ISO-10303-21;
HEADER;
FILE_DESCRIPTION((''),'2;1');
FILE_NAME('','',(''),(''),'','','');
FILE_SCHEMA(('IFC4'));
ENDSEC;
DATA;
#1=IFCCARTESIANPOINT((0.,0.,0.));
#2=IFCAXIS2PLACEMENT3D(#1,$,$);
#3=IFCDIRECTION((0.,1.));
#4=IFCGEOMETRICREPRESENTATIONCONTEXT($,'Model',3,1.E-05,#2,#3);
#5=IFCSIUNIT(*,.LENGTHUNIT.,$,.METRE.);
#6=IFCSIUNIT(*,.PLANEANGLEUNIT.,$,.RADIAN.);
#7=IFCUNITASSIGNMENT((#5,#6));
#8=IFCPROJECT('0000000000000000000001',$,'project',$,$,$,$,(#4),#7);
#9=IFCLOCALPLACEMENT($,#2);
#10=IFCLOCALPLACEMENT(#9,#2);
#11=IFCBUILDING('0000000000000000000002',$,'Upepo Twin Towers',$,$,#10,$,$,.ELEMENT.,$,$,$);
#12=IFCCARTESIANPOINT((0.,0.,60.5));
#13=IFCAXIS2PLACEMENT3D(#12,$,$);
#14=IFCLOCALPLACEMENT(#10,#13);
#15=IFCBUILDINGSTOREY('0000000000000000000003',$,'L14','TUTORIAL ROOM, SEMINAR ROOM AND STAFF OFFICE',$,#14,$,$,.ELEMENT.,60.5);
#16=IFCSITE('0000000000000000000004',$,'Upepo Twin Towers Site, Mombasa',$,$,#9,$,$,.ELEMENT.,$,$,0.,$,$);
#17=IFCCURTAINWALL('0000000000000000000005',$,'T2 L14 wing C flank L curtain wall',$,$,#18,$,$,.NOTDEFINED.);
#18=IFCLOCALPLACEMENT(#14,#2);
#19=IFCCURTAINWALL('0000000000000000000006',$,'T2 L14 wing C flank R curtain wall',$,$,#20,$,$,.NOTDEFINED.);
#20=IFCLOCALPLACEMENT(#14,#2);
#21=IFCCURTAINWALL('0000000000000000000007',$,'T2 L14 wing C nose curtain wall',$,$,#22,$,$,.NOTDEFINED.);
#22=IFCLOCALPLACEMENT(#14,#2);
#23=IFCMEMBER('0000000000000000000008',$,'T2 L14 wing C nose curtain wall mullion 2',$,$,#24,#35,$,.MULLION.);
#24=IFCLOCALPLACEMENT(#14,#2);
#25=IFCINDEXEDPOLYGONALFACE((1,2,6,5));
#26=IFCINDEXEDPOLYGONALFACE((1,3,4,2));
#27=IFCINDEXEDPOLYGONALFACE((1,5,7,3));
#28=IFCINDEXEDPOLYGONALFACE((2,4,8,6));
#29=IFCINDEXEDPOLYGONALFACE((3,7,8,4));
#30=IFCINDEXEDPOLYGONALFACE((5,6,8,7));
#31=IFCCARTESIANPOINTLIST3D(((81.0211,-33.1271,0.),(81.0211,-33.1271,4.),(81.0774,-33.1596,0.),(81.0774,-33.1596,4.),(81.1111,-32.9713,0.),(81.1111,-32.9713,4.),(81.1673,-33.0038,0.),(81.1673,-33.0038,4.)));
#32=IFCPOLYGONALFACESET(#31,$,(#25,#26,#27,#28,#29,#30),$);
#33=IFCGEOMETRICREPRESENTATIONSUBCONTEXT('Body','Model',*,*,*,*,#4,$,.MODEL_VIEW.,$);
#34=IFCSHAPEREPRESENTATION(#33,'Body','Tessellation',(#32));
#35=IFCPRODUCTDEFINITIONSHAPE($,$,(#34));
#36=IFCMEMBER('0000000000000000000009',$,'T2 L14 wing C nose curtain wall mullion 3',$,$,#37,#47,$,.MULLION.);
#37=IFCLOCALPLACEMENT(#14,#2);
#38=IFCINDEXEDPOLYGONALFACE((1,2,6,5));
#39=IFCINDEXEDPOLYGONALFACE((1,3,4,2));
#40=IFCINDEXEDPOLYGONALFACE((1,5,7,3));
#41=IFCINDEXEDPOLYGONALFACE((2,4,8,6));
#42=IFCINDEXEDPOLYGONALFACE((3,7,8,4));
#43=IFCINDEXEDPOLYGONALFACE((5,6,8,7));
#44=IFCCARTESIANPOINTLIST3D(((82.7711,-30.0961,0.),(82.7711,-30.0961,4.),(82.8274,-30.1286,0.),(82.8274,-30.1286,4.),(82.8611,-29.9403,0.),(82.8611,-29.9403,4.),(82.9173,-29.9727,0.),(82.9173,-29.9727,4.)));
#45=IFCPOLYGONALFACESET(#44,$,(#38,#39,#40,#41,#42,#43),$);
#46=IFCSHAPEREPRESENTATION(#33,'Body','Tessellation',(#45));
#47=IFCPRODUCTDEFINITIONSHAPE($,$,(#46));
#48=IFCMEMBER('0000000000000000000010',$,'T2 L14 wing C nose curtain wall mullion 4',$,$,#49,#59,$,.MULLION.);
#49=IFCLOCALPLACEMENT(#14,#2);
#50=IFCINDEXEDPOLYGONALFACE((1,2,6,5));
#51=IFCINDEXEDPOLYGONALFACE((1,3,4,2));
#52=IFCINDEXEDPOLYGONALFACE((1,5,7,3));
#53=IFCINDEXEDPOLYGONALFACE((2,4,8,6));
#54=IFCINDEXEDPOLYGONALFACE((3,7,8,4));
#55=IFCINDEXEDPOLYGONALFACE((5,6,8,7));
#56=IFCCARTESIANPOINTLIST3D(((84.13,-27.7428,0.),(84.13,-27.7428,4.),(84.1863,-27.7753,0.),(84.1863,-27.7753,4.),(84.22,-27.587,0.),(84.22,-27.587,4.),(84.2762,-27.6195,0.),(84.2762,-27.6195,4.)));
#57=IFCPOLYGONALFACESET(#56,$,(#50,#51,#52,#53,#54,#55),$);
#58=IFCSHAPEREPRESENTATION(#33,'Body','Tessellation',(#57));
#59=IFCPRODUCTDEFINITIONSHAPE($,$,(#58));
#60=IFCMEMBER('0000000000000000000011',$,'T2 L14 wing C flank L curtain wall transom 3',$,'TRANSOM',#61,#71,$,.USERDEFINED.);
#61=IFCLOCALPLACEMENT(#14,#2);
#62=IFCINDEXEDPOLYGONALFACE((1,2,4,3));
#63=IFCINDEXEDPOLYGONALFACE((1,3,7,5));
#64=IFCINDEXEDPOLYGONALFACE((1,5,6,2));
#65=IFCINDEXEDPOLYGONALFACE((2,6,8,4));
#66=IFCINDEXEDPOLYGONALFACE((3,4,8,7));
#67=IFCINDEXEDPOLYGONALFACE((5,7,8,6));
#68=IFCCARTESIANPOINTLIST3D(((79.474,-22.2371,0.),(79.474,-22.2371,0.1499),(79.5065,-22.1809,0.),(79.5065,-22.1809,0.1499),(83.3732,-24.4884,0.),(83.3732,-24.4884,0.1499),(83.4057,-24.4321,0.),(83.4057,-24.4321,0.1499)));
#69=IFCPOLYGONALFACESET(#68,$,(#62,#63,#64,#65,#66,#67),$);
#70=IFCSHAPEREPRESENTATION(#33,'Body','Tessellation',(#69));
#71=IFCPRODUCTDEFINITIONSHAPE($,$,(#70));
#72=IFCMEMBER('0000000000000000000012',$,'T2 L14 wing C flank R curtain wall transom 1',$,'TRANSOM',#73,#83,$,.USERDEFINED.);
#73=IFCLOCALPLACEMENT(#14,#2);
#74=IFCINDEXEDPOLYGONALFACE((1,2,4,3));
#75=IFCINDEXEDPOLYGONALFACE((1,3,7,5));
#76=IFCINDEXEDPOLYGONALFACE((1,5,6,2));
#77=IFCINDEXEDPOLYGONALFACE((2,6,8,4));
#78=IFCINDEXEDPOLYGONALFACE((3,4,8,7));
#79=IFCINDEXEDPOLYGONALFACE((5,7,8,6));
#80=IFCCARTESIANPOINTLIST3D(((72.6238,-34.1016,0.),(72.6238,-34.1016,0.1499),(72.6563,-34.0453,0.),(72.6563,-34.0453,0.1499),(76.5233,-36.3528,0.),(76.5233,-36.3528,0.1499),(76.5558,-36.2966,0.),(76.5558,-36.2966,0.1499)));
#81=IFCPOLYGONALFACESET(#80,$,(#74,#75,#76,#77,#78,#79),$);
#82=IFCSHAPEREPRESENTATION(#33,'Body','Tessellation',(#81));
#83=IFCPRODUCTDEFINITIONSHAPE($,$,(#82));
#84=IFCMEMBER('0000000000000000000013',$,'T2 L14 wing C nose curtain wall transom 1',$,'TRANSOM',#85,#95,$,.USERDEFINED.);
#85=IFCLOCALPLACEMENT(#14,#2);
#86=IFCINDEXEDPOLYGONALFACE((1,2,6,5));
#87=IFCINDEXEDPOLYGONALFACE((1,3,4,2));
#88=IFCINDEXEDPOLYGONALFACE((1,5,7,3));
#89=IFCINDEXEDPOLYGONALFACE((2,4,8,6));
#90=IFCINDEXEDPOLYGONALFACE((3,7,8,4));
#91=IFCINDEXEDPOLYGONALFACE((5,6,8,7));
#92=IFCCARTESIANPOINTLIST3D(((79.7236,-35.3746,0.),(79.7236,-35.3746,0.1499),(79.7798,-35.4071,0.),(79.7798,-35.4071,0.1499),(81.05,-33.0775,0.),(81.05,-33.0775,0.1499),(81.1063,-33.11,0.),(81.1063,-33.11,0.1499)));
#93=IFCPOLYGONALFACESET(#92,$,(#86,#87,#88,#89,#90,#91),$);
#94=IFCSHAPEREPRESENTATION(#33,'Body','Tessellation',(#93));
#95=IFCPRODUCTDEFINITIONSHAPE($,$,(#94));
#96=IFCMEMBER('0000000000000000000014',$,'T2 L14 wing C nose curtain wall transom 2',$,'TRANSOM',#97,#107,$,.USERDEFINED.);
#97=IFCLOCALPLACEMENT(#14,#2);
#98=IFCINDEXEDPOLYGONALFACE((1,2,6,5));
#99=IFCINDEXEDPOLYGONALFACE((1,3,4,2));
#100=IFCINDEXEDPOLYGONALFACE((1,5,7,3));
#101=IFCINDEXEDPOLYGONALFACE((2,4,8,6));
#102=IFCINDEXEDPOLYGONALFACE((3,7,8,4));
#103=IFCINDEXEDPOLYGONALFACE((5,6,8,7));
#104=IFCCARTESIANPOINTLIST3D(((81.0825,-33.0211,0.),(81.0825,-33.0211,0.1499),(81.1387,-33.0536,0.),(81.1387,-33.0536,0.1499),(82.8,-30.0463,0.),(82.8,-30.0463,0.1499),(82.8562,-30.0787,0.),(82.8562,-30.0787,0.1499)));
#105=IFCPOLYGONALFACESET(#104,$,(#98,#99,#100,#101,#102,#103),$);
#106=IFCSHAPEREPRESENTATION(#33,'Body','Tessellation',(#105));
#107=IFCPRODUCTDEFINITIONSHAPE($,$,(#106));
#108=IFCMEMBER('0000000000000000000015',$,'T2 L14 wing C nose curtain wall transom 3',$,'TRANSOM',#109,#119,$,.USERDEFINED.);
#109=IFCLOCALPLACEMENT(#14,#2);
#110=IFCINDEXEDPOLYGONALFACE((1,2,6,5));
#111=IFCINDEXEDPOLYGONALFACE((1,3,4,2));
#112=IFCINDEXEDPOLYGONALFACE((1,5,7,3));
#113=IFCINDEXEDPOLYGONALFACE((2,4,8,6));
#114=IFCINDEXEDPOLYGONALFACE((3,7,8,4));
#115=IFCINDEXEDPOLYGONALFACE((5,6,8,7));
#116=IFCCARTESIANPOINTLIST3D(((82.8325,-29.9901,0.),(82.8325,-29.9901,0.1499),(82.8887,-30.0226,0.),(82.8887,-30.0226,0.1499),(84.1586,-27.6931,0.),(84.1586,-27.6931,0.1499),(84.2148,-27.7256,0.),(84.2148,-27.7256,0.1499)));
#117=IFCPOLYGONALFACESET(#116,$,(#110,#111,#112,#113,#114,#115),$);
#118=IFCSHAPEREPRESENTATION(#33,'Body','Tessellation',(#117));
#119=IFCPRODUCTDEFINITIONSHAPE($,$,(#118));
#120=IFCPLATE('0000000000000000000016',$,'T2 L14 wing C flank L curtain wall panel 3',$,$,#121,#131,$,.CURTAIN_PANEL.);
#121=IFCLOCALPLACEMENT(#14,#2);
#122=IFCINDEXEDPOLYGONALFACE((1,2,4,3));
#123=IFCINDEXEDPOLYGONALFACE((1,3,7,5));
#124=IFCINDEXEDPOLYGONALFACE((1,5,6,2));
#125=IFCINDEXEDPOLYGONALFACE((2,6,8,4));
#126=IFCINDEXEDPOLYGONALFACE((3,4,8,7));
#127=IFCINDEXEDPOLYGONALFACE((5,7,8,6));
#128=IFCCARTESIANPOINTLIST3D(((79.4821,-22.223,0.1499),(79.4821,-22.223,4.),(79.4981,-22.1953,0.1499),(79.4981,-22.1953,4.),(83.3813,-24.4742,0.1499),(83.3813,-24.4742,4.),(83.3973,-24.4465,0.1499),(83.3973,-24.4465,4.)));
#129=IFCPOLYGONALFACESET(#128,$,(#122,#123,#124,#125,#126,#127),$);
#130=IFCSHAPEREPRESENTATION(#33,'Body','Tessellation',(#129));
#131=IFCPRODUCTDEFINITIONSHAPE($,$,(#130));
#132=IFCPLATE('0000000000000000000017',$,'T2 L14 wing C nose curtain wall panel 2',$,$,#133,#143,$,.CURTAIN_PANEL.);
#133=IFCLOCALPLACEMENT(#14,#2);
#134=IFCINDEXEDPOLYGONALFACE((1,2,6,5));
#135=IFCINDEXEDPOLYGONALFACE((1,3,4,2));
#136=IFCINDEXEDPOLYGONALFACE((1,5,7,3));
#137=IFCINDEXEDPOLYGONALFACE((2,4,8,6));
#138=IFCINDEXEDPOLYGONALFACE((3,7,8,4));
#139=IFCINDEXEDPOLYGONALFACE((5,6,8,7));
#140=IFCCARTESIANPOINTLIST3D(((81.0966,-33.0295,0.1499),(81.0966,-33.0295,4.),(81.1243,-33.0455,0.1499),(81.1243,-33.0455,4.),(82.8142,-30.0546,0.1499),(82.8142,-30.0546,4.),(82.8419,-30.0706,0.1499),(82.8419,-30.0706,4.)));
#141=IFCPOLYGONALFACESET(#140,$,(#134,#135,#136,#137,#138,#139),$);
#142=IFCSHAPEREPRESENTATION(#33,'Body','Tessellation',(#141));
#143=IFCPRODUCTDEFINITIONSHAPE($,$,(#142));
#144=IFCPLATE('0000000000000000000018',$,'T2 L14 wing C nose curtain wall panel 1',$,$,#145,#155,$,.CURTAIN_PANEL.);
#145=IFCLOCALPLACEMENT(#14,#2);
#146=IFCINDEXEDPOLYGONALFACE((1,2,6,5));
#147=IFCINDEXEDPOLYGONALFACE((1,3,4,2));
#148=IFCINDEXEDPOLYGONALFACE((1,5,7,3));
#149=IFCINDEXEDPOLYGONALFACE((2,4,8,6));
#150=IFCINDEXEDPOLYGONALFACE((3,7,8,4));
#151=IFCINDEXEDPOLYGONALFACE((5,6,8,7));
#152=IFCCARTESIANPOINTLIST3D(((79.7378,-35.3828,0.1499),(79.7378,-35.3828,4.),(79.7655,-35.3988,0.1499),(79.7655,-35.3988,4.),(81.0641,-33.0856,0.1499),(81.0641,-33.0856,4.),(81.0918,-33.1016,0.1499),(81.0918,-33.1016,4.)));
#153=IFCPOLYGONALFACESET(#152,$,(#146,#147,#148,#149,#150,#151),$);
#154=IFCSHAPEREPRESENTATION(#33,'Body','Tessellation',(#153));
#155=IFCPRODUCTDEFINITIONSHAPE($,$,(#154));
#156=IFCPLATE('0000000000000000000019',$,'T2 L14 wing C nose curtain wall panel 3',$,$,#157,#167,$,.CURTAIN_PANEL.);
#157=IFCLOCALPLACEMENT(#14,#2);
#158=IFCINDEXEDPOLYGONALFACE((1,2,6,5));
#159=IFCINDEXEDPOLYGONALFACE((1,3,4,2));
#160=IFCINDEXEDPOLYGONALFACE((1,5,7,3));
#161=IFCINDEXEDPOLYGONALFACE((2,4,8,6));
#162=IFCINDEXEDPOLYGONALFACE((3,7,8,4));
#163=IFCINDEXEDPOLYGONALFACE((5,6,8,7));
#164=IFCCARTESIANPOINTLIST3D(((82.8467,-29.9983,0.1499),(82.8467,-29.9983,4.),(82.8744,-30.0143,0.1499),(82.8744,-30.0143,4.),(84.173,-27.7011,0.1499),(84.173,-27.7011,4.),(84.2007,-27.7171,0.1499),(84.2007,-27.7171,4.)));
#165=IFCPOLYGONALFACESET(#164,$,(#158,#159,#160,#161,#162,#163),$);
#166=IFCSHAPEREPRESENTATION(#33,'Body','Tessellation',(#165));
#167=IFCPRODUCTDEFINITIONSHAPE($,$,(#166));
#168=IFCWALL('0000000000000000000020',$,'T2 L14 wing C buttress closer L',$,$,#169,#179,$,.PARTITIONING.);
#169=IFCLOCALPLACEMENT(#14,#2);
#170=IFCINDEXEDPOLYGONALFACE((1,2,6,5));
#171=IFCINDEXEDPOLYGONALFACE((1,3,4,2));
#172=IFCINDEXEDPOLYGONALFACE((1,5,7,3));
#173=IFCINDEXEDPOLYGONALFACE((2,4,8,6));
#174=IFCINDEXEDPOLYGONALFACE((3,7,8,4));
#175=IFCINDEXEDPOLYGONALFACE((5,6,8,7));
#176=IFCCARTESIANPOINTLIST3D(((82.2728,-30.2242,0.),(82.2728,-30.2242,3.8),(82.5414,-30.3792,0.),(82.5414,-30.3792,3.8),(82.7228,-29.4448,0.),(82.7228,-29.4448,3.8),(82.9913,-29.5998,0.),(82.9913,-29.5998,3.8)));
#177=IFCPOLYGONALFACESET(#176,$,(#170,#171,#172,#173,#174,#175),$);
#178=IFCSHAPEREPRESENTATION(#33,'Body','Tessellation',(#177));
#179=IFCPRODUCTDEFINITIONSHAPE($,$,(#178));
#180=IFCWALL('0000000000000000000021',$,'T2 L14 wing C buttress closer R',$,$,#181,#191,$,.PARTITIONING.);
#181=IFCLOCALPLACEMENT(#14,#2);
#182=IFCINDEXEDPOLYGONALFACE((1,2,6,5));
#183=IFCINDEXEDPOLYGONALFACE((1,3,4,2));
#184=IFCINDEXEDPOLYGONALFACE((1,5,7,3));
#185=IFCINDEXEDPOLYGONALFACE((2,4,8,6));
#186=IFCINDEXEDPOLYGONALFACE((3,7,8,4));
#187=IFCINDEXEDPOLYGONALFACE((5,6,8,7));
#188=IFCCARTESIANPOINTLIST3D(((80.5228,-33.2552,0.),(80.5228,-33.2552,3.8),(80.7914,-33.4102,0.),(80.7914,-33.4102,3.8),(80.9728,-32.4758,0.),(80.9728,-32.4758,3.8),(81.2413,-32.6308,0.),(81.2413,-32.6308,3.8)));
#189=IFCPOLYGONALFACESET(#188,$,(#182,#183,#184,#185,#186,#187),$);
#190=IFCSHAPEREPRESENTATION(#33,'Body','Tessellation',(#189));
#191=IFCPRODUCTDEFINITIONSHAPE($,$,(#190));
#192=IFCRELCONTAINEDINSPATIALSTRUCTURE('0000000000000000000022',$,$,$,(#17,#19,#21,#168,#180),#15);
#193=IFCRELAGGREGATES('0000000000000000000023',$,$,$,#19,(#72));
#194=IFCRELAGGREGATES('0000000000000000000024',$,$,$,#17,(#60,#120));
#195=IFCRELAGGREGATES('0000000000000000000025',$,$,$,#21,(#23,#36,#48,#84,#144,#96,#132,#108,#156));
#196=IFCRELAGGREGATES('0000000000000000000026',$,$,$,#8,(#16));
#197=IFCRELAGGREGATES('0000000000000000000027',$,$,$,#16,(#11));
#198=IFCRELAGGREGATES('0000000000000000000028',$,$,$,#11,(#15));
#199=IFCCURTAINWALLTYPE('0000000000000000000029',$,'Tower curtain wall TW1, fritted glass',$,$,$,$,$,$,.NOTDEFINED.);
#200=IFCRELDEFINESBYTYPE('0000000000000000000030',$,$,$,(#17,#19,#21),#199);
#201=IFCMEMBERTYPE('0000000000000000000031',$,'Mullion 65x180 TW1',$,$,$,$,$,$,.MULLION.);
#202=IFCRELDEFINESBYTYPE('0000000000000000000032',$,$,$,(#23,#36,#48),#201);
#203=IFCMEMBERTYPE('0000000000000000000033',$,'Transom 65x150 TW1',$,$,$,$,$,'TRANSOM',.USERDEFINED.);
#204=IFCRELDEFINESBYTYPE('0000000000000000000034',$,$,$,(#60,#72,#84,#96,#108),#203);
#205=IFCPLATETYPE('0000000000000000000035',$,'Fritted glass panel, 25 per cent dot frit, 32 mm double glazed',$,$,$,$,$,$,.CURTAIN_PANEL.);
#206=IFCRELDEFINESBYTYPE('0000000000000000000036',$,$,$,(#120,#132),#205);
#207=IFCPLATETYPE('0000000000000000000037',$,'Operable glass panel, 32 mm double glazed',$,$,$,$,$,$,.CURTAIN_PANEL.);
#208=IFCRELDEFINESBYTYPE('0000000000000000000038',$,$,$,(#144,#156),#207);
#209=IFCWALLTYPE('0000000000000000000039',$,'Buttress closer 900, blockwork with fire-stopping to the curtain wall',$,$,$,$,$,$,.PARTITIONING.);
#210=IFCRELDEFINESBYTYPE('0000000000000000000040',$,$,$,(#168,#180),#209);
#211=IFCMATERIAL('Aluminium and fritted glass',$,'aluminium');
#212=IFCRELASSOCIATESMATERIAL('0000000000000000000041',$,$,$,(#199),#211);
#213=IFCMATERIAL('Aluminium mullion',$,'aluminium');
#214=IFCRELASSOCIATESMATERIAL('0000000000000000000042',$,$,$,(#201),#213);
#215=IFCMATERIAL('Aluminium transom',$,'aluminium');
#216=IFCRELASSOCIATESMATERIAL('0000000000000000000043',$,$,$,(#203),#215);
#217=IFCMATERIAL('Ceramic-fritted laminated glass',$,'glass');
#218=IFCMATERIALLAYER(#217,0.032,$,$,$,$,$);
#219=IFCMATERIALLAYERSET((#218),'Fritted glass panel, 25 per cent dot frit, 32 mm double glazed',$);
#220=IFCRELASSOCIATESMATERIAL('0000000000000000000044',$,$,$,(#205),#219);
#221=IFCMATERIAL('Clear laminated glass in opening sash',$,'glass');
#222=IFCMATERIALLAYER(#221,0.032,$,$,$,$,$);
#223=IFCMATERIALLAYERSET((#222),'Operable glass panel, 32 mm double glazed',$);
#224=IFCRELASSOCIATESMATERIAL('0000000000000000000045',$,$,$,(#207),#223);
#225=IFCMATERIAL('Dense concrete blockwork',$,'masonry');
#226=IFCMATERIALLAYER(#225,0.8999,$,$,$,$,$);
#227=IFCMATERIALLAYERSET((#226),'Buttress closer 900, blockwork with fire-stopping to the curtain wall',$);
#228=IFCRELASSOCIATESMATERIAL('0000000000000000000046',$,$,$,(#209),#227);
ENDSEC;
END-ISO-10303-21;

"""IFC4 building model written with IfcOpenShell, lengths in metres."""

from ifc_helpers import new_model, si_unit, direction, frame, frame_2d, origin, origin_2d, place, context, subcontext, project, spatial, rectangle, extrude, material, layer, layer_set, material_profile, profile_set, type_object, element, aggregate, save


model = new_model("IFC4")

# Units and contexts
model_context = context("Model", 3, precision=1e-05, world=origin(), true_north=direction((0.0, 1.0)))
body_context = subcontext(model_context, "Body", "Model", "MODEL_VIEW")
ifc_project = project(units=[si_unit("LENGTHUNIT", "METRE"), si_unit("PLANEANGLEUNIT", "RADIAN")], contexts=[model_context])

# Site, building, storey
site_placement = place(None, origin())
site = spatial("IfcSite", under=ifc_project, at=site_placement, Name="Upepo Twin Towers Site, Mombasa", CompositionType="ELEMENT", RefElevation=0.0)
building_placement = place(site_placement, origin())
building = spatial("IfcBuilding", under=site, at=building_placement, Name="Upepo Twin Towers", CompositionType="ELEMENT")
storey_placement = place(building_placement, frame((0.0, 0.0, 60.5)))
storey = spatial("IfcBuildingStorey", under=building, at=storey_placement, Name="L14", Description="TUTORIAL ROOM, SEMINAR ROOM AND STAFF OFFICE", CompositionType="ELEMENT", Elevation=60.5)

# Curtain wall
ifc_material_1 = material(Name="Aluminium and fritted glass", Category="aluminium")
curtain_wall_type = type_object("IfcCurtainWallType", Name="Tower curtain wall TW1, fritted glass", PredefinedType="NOTDEFINED", material=ifc_material_1)
curtain_wall_1_placement = place(storey_placement, origin())
curtain_wall_1 = element("IfcCurtainWall", 1, at=curtain_wall_1_placement, inside=storey, type_object=curtain_wall_type, Name="T2 L14 wing C flank L curtain wall", PredefinedType="NOTDEFINED")
ifc_material_2 = material(Name="Aluminium mullion", Category="aluminium")
ifc_material_profile_1 = material_profile(ifc_material_2, rectangle(XDim=0.0649, YDim=0.1799, at=origin_2d()), Name="MULLION 65x180")
ifc_profile_set_1 = profile_set([ifc_material_profile_1], Name="Aluminium mullion")
member_type_1 = type_object("IfcMemberType", Name="Mullion 65x180 TW1", PredefinedType="MULLION", material=ifc_profile_set_1)

# Curtain wall
curtain_wall_2_placement = place(storey_placement, origin())
curtain_wall_2 = element("IfcCurtainWall", 2, at=curtain_wall_2_placement, inside=storey, type_object=curtain_wall_type, Name="T2 L14 wing C flank R curtain wall", PredefinedType="NOTDEFINED")

# Curtain wall, members
curtain_wall_3_placement = place(storey_placement, origin())
curtain_wall_3 = element("IfcCurtainWall", 3, at=curtain_wall_3_placement, inside=storey, type_object=curtain_wall_type, Name="T2 L14 wing C nose curtain wall", PredefinedType="NOTDEFINED")
member_1_placement = place(storey_placement, frame((81.0942, -33.0654, 0.0), z_axis=(0.0, 0.0, 1.0), x_axis=(-0.866025, 0.5, 0.0)))
member_1 = element("IfcMember", 4, at=member_1_placement, type_object=member_type_1, Name="T2 L14 wing C nose curtain wall mullion 2", PredefinedType="MULLION", context=body_context, shape_type="SweptSolid", body=[
    extrude(rectangle(XDim=0.0649, YDim=0.1799, at=origin_2d()), origin(), (0.0, 0.0, 1.0), 4.0),
])
member_2_placement = place(storey_placement, frame((82.8442, -30.0344, 0.0), z_axis=(0.0, 0.0, 1.0), x_axis=(-0.866025, 0.5, 0.0)))
member_2 = element("IfcMember", 5, at=member_2_placement, type_object=member_type_1, Name="T2 L14 wing C nose curtain wall mullion 3", PredefinedType="MULLION", context=body_context, shape_type="SweptSolid", body=[
    extrude(rectangle(XDim=0.0649, YDim=0.1799, at=origin_2d()), origin(), (0.0, 0.0, 1.0), 4.0),
])
member_3_placement = place(storey_placement, frame((84.2031, -27.6812, 0.0), z_axis=(0.0, 0.0, 1.0), x_axis=(-0.866025, 0.5, 0.0)))
member_3 = element("IfcMember", 6, at=member_3_placement, type_object=member_type_1, Name="T2 L14 wing C nose curtain wall mullion 4", PredefinedType="MULLION", context=body_context, shape_type="SweptSolid", body=[
    extrude(rectangle(XDim=0.0649, YDim=0.1799, at=origin_2d()), origin(), (0.0, 0.0, 1.0), 4.0),
])

# Members
ifc_material_3 = material(Name="Aluminium transom", Category="aluminium")
ifc_material_profile_2 = material_profile(ifc_material_3, rectangle(XDim=0.0649, YDim=0.1499, at=origin_2d()), Name="TRANSOM 65x150")
ifc_profile_set_2 = profile_set([ifc_material_profile_2], Name="Aluminium transom")
member_type_2 = type_object("IfcMemberType", Name="Transom 65x150 TW1", ElementType="TRANSOM", PredefinedType="USERDEFINED", material=ifc_profile_set_2)
member_4_placement = place(storey_placement, frame((79.4902, -22.209, 0.075), z_axis=(0.866022, -0.500006, 0.0), x_axis=(0.500006, 0.866022, 0.0)))
member_4 = element("IfcMember", 7, at=member_4_placement, type_object=member_type_2, Name="T2 L14 wing C flank L curtain wall transom 3", ObjectType="TRANSOM", PredefinedType="USERDEFINED", context=body_context, shape_type="SweptSolid", body=[
    extrude(rectangle(XDim=0.0649, YDim=0.1499, at=origin_2d()), origin(), (0.0, 0.0, 1.0), 4.5024),
])
member_5_placement = place(storey_placement, frame((76.5396, -36.3247, 0.075), z_axis=(-0.866036, 0.499982, 0.0), x_axis=(-0.499982, -0.866036, 0.0)))
member_5 = element("IfcMember", 8, at=member_5_placement, type_object=member_type_2, Name="T2 L14 wing C flank R curtain wall transom 1", ObjectType="TRANSOM", PredefinedType="USERDEFINED", context=body_context, shape_type="SweptSolid", body=[
    extrude(rectangle(XDim=0.0649, YDim=0.1499, at=origin_2d()), origin(), (0.0, 0.0, 1.0), 4.5027),
])
aggregate(curtain_wall_2, [member_5])
member_6_placement = place(storey_placement, frame((79.7517, -35.3909, 0.075), z_axis=(0.500049, 0.865997, 0.0), x_axis=(-0.865997, 0.500049, 0.0)))
member_6 = element("IfcMember", 9, at=member_6_placement, type_object=member_type_2, Name="T2 L14 wing C nose curtain wall transom 1", ObjectType="TRANSOM", PredefinedType="USERDEFINED", context=body_context, shape_type="SweptSolid", body=[
    extrude(rectangle(XDim=0.0649, YDim=0.1499, at=origin_2d()), origin(), (0.0, 0.0, 1.0), 2.6526),
])
member_7_placement = place(storey_placement, frame((81.1106, -33.0374, 0.075), z_axis=(0.499999, 0.866026, 0.0), x_axis=(-0.866026, 0.499999, 0.0)))
member_7 = element("IfcMember", 10, at=member_7_placement, type_object=member_type_2, Name="T2 L14 wing C nose curtain wall transom 2", ObjectType="TRANSOM", PredefinedType="USERDEFINED", context=body_context, shape_type="SweptSolid", body=[
    extrude(rectangle(XDim=0.0649, YDim=0.1499, at=origin_2d()), origin(), (0.0, 0.0, 1.0), 3.4351),
])
member_8_placement = place(storey_placement, frame((82.8606, -30.0063, 0.075), z_axis=(0.49998, 0.866037, 0.0), x_axis=(-0.866037, 0.49998, 0.0)))
member_8 = element("IfcMember", 11, at=member_8_placement, type_object=member_type_2, Name="T2 L14 wing C nose curtain wall transom 3", ObjectType="TRANSOM", PredefinedType="USERDEFINED", context=body_context, shape_type="SweptSolid", body=[
    extrude(rectangle(XDim=0.0649, YDim=0.1499, at=origin_2d()), origin(), (0.0, 0.0, 1.0), 2.6523),
])

# Plates
ifc_material_4 = material(Name="Ceramic-fritted laminated glass", Category="glass")
ifc_layer_1 = layer(ifc_material_4, 0.032)
ifc_layer_set_1 = layer_set([ifc_layer_1], Name="Fritted glass panel, 25 per cent dot frit, 32 mm double glazed")
plate_type_1 = type_object("IfcPlateType", Name="Fritted glass panel, 25 per cent dot frit, 32 mm double glazed", PredefinedType="CURTAIN_PANEL", material=ifc_layer_set_1)
plate_1_placement = place(storey_placement, frame((81.4397, -23.3347, 0.1499), z_axis=(0.0, 0.0, 1.0), x_axis=(0.866025, -0.5, 0.0)))
plate_1 = element("IfcPlate", 12, at=plate_1_placement, type_object=plate_type_1, Name="T2 L14 wing C flank L curtain wall panel 3", PredefinedType="CURTAIN_PANEL", context=body_context, shape_type="SweptSolid", body=[
    extrude(rectangle(XDim=4.5024, YDim=0.032, at=origin_2d()), origin(), (0.0, 0.0, 1.0), 3.8501),
])
aggregate(curtain_wall_1, [member_4, plate_1])
plate_2_placement = place(storey_placement, frame((81.9692, -31.55, 0.1499), z_axis=(0.0, 0.0, 1.0), x_axis=(0.5, 0.866025, 0.0)))
plate_2 = element("IfcPlate", 13, at=plate_2_placement, type_object=plate_type_1, Name="T2 L14 wing C nose curtain wall panel 2", PredefinedType="CURTAIN_PANEL", context=body_context, shape_type="SweptSolid", body=[
    extrude(rectangle(XDim=3.4351, YDim=0.032, at=origin_2d()), origin(), (0.0, 0.0, 1.0), 3.8501),
])
ifc_material_5 = material(Name="Clear laminated glass in opening sash", Category="glass")
ifc_layer_2 = layer(ifc_material_5, 0.032)
ifc_layer_set_2 = layer_set([ifc_layer_2], Name="Operable glass panel, 32 mm double glazed")
plate_type_2 = type_object("IfcPlateType", Name="Operable glass panel, 32 mm double glazed", PredefinedType="CURTAIN_PANEL", material=ifc_layer_set_2)
plate_3_placement = place(storey_placement, frame((80.4148, -34.2422, 0.1499), z_axis=(0.0, 0.0, 1.0), x_axis=(0.5, 0.866025, 0.0)))
plate_3 = element("IfcPlate", 14, at=plate_3_placement, type_object=plate_type_2, Name="T2 L14 wing C nose curtain wall panel 1", PredefinedType="CURTAIN_PANEL", context=body_context, shape_type="SweptSolid", body=[
    extrude(rectangle(XDim=2.6526, YDim=0.032, at=origin_2d()), origin(), (0.0, 0.0, 1.0), 3.8501),
])
plate_4_placement = place(storey_placement, frame((83.5237, -28.8577, 0.1499), z_axis=(0.0, 0.0, 1.0), x_axis=(0.5, 0.866025, 0.0)))
plate_4 = element("IfcPlate", 15, at=plate_4_placement, type_object=plate_type_2, Name="T2 L14 wing C nose curtain wall panel 3", PredefinedType="CURTAIN_PANEL", context=body_context, shape_type="SweptSolid", body=[
    extrude(rectangle(XDim=2.6526, YDim=0.032, at=origin_2d()), origin(), (0.0, 0.0, 1.0), 3.8501),
])
aggregate(curtain_wall_3, [member_1, member_2, member_3, member_6, plate_3, member_7, plate_2, member_8, plate_4])

# Walls
ifc_material_6 = material(Name="Dense concrete blockwork", Category="masonry")
ifc_layer_3 = layer(ifc_material_6, 0.8999)
ifc_layer_set_3 = layer_set([ifc_layer_3], Name="Buttress closer 900, blockwork with fire-stopping to the curtain wall")
wall_type_1 = type_object("IfcWallType", Name="Buttress closer 900, blockwork with fire-stopping to the curtain wall", PredefinedType="PARTITIONING", material=ifc_layer_set_3)
for number, where, z_axis, x_axis, name in (
    (16, (82.4978, -29.8345, 0.0), (0.0, 0.0, 1.0), (0.866054, -0.49995, 0.0), "T2 L14 wing C buttress closer L"),
    (17, (80.7478, -32.8655, 0.0), (0.0, 0.0, 1.0), (0.866054, -0.49995, 0.0), "T2 L14 wing C buttress closer R"),
):
    element("IfcWall", number, at=place(storey_placement, frame(where, z_axis=z_axis, x_axis=x_axis)), inside=storey, type_object=wall_type_1, Name=name, PredefinedType="PARTITIONING", context=body_context, shape_type="SweptSolid", body=[
        extrude(rectangle(XDim=0.3101, YDim=0.8999, at=frame_2d((0.155, 0.0))), origin(), (0.0, 0.0, 1.0), 3.8),
    ])

save(model, "model.ifc")
